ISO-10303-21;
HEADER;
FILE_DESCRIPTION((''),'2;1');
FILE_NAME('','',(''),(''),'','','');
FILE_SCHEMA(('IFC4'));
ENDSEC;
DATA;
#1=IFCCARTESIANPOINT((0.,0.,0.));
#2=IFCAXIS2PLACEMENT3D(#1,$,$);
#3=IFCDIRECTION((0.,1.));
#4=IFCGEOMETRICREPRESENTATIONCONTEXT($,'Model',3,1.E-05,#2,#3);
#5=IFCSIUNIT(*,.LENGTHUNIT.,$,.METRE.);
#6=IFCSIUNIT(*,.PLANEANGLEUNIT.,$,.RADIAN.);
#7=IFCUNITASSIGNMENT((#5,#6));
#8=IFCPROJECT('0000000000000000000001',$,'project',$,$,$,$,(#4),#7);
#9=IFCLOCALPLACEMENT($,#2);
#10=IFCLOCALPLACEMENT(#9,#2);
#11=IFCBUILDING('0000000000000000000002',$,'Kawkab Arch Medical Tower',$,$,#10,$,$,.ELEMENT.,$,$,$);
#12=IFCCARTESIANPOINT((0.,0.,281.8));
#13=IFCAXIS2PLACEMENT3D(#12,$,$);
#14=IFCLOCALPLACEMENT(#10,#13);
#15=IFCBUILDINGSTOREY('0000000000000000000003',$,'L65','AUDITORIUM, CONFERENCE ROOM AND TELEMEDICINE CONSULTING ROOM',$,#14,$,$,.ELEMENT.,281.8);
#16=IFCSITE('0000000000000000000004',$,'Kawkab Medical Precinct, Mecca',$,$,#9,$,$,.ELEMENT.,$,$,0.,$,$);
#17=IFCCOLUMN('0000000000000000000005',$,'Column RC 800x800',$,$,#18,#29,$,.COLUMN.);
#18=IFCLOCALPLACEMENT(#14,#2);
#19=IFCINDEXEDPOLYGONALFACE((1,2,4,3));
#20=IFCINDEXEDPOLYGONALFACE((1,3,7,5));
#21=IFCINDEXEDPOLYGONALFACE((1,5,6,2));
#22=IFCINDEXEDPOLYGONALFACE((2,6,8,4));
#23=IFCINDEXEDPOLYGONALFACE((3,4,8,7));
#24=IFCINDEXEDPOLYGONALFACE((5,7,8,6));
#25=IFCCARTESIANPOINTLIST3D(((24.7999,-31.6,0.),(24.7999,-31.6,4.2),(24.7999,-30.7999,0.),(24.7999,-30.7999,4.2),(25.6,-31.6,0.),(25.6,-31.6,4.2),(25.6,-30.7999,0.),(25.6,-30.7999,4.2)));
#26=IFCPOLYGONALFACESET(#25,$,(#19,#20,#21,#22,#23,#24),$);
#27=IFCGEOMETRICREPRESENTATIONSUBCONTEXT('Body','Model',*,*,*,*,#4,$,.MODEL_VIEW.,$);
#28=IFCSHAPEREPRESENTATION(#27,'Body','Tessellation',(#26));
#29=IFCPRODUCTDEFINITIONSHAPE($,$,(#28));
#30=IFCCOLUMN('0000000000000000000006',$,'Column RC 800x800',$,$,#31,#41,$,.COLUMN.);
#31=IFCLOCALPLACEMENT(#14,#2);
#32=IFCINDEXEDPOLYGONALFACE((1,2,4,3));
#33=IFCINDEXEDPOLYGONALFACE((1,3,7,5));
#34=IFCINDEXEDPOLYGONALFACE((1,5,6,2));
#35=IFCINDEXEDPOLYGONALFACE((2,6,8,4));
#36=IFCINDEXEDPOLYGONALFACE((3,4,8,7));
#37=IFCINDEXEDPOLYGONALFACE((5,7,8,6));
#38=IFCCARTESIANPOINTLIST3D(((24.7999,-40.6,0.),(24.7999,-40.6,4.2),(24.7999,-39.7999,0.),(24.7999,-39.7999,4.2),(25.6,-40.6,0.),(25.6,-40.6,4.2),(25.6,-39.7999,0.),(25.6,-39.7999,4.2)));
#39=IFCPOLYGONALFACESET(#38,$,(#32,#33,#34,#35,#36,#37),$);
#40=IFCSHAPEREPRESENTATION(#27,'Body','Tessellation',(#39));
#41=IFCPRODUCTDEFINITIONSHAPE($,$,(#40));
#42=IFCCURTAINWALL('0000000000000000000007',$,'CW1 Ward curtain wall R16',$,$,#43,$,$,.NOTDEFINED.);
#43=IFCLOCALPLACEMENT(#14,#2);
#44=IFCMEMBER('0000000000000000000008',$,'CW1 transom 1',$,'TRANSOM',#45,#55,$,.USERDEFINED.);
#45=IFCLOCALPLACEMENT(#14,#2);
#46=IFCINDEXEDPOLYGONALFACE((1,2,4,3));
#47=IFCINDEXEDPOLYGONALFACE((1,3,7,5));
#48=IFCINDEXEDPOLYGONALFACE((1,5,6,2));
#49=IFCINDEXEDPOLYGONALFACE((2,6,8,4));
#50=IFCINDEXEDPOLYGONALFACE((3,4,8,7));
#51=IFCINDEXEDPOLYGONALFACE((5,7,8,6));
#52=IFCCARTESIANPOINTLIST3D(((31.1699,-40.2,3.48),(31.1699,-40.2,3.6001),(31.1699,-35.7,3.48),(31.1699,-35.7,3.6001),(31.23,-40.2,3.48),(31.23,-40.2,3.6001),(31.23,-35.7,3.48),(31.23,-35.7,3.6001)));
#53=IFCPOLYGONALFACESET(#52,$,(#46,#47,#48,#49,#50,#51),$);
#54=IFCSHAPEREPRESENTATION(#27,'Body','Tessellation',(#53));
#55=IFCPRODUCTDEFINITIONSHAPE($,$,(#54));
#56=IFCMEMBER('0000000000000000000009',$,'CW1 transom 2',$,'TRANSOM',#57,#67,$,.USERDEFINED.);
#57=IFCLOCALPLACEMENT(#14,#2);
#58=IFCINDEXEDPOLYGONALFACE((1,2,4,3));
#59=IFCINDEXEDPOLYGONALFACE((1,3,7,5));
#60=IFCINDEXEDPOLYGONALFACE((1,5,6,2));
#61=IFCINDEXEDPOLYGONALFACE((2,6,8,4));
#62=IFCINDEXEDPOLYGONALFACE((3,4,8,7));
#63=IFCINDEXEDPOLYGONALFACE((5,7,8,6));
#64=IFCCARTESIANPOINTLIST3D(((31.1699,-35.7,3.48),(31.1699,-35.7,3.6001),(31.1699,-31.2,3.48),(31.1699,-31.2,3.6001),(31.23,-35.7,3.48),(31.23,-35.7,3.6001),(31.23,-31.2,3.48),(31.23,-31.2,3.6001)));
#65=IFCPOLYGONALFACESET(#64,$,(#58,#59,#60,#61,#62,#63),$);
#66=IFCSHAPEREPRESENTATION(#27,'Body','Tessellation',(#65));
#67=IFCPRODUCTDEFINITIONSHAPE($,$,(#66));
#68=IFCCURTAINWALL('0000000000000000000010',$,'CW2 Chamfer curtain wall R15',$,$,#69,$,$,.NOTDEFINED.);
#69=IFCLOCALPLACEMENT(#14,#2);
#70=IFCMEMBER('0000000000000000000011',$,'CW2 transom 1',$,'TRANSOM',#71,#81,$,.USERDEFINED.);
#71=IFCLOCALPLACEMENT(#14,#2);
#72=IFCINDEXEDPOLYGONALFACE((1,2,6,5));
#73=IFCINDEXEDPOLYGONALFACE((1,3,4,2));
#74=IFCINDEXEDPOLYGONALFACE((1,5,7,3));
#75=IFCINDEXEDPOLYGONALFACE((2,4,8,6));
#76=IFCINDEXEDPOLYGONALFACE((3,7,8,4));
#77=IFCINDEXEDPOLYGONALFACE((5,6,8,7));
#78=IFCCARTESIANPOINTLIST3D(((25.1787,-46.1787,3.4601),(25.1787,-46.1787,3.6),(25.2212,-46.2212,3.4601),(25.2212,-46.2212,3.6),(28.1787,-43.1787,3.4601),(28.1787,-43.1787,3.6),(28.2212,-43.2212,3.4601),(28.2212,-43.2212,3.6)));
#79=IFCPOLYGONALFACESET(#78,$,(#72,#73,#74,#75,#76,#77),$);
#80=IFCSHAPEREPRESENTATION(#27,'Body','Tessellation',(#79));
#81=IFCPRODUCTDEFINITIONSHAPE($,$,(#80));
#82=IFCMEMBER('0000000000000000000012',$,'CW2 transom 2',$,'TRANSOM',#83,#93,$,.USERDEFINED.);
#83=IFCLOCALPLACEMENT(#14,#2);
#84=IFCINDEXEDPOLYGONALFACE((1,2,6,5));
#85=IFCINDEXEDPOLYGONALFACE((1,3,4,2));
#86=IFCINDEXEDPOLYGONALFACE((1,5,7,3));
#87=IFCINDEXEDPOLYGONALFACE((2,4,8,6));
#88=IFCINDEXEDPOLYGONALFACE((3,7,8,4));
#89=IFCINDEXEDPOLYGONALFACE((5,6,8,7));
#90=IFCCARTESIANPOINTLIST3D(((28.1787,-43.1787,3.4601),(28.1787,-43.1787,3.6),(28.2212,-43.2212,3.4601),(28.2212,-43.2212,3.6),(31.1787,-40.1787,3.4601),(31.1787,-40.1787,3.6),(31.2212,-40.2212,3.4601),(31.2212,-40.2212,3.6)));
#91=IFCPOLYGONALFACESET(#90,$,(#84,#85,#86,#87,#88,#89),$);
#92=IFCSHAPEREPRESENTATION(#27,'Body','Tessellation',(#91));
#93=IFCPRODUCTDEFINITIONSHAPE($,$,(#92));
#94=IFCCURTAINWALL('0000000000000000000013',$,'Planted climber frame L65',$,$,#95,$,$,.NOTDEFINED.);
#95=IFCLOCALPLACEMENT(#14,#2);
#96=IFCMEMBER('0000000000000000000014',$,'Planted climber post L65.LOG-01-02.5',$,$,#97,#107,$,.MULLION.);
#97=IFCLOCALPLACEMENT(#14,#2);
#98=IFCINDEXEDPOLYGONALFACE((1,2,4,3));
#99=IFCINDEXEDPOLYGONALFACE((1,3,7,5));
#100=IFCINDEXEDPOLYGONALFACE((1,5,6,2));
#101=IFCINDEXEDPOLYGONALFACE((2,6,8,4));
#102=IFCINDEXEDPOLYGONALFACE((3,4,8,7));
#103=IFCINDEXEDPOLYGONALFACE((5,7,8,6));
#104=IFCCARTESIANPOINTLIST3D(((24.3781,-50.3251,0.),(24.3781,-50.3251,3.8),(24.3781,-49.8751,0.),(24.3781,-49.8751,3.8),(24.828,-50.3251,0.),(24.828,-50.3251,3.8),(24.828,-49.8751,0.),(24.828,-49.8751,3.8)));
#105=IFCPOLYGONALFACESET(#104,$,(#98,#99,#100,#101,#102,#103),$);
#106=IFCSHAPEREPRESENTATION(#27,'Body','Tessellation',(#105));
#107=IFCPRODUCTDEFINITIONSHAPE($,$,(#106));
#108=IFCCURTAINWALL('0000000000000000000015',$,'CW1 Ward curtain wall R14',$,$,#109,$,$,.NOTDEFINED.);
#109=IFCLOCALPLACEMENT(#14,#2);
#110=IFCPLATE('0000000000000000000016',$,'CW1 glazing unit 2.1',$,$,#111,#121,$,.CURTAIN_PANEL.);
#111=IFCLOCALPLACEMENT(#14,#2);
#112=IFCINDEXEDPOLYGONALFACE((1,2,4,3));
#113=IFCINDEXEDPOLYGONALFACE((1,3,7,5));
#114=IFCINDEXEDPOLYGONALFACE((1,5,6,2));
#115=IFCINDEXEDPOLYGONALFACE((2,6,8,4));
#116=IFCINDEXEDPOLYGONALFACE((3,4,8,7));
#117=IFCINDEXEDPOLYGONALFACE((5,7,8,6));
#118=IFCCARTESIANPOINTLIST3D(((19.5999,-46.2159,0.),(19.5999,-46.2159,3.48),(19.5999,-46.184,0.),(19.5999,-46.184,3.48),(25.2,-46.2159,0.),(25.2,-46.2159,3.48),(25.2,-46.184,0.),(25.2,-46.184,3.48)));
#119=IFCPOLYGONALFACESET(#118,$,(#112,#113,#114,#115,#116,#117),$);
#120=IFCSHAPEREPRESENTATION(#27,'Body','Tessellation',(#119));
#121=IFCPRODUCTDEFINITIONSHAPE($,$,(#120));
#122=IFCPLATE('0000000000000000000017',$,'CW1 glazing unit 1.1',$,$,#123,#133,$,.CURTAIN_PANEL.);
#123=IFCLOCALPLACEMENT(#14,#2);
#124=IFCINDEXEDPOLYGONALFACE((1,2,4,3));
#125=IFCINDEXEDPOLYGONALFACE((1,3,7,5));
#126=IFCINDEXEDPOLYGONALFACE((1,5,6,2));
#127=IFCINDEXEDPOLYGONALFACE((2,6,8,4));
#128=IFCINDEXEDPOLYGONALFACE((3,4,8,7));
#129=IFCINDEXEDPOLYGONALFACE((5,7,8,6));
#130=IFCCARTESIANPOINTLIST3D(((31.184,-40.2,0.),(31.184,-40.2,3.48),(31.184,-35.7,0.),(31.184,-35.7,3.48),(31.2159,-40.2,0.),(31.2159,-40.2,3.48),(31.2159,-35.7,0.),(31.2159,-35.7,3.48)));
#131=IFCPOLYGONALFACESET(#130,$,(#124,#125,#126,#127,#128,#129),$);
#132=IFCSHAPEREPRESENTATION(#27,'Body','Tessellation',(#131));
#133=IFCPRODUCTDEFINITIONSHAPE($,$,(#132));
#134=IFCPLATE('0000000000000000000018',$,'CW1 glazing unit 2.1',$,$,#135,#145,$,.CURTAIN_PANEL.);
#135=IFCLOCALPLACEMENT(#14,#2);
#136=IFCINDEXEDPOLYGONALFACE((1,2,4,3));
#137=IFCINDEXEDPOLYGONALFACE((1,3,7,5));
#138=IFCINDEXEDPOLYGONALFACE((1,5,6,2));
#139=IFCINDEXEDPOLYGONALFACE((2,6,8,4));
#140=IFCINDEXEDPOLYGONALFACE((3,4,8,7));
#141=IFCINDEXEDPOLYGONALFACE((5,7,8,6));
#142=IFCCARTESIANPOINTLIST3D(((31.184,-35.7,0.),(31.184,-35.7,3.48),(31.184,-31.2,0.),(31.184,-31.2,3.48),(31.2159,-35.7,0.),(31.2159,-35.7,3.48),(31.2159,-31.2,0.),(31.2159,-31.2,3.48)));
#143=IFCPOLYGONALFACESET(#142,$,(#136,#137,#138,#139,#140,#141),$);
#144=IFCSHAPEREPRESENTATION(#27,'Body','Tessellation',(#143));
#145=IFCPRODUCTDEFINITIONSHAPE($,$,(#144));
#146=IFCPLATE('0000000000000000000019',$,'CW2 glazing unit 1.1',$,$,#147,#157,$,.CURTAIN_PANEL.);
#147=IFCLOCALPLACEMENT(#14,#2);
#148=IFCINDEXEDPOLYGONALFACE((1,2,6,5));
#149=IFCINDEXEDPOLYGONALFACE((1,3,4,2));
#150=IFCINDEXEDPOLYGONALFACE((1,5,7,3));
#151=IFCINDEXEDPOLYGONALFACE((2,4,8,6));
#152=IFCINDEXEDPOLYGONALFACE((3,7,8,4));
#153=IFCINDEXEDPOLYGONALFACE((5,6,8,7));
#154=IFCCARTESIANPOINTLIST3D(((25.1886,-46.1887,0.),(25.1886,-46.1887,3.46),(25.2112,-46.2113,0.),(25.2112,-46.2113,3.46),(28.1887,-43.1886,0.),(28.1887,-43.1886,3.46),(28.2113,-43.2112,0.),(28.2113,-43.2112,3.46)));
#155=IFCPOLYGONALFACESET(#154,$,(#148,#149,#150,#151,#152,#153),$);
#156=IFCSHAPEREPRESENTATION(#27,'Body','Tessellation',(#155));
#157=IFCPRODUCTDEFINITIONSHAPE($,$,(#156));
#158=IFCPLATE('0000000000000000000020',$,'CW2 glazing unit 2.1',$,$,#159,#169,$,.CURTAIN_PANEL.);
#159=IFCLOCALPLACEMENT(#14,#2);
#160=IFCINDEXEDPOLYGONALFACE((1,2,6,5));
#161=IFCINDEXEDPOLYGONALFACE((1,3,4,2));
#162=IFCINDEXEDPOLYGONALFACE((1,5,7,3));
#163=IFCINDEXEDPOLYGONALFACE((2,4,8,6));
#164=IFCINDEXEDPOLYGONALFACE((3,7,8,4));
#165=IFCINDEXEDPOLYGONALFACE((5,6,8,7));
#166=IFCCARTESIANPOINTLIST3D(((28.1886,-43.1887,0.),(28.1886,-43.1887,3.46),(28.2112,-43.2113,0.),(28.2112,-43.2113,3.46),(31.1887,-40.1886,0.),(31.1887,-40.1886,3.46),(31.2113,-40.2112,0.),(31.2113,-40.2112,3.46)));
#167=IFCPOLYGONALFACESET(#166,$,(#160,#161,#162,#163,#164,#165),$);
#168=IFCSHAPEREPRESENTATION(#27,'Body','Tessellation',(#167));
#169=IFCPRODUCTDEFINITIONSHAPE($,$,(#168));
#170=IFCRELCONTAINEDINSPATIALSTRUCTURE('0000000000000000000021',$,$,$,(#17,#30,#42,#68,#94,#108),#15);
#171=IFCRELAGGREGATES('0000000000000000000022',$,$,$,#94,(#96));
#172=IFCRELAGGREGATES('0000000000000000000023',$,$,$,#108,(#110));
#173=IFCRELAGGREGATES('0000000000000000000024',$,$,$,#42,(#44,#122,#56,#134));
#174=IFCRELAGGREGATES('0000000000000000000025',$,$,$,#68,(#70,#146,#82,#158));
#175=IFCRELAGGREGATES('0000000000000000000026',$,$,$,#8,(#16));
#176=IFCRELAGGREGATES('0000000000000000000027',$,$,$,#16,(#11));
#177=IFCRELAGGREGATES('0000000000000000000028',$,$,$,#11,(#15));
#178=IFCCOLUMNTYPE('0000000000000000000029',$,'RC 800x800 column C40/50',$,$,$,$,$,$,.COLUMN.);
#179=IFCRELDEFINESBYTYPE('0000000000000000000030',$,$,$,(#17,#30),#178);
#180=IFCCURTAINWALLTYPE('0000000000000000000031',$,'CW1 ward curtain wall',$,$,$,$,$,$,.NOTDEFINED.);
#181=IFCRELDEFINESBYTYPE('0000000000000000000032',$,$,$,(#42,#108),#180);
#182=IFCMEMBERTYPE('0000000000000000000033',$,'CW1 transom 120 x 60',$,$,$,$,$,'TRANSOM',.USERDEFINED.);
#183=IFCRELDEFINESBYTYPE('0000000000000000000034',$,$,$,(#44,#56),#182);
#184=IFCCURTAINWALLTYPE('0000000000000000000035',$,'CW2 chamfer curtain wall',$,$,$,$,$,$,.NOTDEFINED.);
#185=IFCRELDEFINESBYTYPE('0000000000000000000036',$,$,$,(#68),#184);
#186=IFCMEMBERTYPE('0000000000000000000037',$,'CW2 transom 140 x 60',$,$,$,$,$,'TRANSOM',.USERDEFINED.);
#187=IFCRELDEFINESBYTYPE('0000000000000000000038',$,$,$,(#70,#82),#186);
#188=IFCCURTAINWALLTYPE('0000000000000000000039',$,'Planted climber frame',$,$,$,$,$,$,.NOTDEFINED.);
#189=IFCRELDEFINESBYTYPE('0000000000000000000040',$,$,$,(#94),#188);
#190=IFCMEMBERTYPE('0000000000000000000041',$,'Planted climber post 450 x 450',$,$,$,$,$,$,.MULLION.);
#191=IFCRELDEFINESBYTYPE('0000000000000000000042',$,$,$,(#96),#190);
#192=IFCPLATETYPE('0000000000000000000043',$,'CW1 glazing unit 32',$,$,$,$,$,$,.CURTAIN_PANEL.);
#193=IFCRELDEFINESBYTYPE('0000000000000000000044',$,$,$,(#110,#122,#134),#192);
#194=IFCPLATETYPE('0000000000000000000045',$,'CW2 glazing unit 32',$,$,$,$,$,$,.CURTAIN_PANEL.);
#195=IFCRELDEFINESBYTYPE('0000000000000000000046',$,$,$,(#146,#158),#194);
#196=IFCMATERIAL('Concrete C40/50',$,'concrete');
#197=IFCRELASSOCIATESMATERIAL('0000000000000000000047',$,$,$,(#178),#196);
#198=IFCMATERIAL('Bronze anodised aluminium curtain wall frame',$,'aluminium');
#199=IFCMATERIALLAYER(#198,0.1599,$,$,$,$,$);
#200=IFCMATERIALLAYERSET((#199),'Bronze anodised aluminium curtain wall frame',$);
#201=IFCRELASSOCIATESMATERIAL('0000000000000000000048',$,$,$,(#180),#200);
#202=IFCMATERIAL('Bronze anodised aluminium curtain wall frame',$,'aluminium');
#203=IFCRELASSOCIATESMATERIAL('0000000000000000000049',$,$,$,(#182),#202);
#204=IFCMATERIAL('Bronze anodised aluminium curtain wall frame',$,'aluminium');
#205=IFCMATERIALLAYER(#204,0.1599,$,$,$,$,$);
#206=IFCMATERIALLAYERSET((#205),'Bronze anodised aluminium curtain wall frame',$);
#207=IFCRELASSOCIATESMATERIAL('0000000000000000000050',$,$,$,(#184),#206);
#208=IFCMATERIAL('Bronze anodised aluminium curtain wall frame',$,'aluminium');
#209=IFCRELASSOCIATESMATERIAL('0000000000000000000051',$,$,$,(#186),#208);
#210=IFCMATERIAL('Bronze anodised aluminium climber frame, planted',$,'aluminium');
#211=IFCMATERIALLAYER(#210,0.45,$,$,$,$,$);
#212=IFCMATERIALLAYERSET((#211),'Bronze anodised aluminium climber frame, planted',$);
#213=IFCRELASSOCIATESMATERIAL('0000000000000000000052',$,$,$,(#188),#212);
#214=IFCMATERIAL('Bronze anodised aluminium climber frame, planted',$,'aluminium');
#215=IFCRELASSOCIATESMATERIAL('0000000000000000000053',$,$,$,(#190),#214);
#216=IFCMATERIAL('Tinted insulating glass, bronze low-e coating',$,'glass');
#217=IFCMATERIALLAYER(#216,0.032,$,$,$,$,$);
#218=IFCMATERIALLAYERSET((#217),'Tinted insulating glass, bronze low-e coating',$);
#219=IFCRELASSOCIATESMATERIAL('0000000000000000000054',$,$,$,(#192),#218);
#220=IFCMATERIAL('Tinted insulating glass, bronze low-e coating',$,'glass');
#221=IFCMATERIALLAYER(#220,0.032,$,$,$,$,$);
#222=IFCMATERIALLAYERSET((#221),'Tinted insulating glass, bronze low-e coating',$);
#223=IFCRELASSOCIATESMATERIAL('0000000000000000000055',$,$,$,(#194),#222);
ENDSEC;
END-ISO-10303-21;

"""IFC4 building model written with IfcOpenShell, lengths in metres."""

from ifc_helpers import new_model, si_unit, direction, frame, origin, origin_2d, place, context, subcontext, project, spatial, rectangle, extrude, material, layer, layer_set, material_profile, profile_set, type_object, element, aggregate, save


model = new_model("IFC4")

# Units and contexts
model_context = context("Model", 3, precision=1e-05, world=origin(), true_north=direction((0.0, 1.0)))
body_context = subcontext(model_context, "Body", "Model", "MODEL_VIEW")
ifc_project = project(units=[si_unit("LENGTHUNIT", "METRE"), si_unit("PLANEANGLEUNIT", "RADIAN")], contexts=[model_context])

# Site, building, storey
site_placement = place(None, origin())
site = spatial("IfcSite", under=ifc_project, at=site_placement, Name="Kawkab Medical Precinct, Mecca", CompositionType="ELEMENT", RefElevation=0.0)
building_placement = place(site_placement, origin())
building = spatial("IfcBuilding", under=site, at=building_placement, Name="Kawkab Arch Medical Tower", CompositionType="ELEMENT")
storey_placement = place(building_placement, frame((0.0, 0.0, 281.8)))
storey = spatial("IfcBuildingStorey", under=building, at=storey_placement, Name="L65", Description="AUDITORIUM, CONFERENCE ROOM AND TELEMEDICINE CONSULTING ROOM", CompositionType="ELEMENT", Elevation=281.8)

# Columns
ifc_material_1 = material(Name="Concrete C40/50", Category="concrete")
ifc_material_profile_1 = material_profile(ifc_material_1, rectangle(XDim=0.8, YDim=0.8, at=origin_2d()), Name="RC 800x800")
ifc_profile_set_1 = profile_set([ifc_material_profile_1], Name="Concrete C40/50")
column_type = type_object("IfcColumnType", Name="RC 800x800 column C40/50", PredefinedType="COLUMN", material=ifc_profile_set_1)
for number, where, z_axis, x_axis, name in (
    (1, (25.2, -31.2, 0.0), (0.0, 0.0, 1.0), (1.0, 0.0, 0.0), "Column RC 800x800"),
    (2, (25.2, -40.2, 0.0), (0.0, 0.0, 1.0), (1.0, 0.0, 0.0), "Column RC 800x800"),
):
    element("IfcColumn", number, at=place(storey_placement, frame(where, z_axis=z_axis, x_axis=x_axis)), inside=storey, type_object=column_type, Name=name, PredefinedType="COLUMN", context=body_context, shape_type="SweptSolid", body=[
        extrude(rectangle(XDim=0.8, YDim=0.8, at=origin_2d()), origin(), (0.0, 0.0, 1.0), 4.2),
    ])

# Curtain walls, members
ifc_material_2 = material(Name="Bronze anodised aluminium curtain wall frame", Category="aluminium")
ifc_layer_1 = layer(ifc_material_2, 0.1599)
ifc_layer_set_1 = layer_set([ifc_layer_1], Name="Bronze anodised aluminium curtain wall frame")
curtain_wall_type_1 = type_object("IfcCurtainWallType", Name="CW1 ward curtain wall", PredefinedType="NOTDEFINED", material=ifc_layer_set_1)
placement = place(storey_placement, origin())
curtain_wall_1 = element("IfcCurtainWall", 3, at=placement, inside=storey, type_object=curtain_wall_type_1, Name="CW1 Ward curtain wall R16", PredefinedType="NOTDEFINED")
ifc_material_3 = material(Name="Bronze anodised aluminium curtain wall frame", Category="aluminium")
ifc_material_profile_2 = material_profile(ifc_material_3, rectangle(XDim=0.0601, YDim=0.1201, at=origin_2d()), Name="AL 60x120")
ifc_profile_set_2 = profile_set([ifc_material_profile_2], Name="Bronze anodised aluminium curtain wall frame")
member_type_1 = type_object("IfcMemberType", Name="CW1 transom 120 x 60", ElementType="TRANSOM", PredefinedType="USERDEFINED", material=ifc_profile_set_2)
member_1_placement = place(storey_placement, frame((31.2, -40.2, 3.54), z_axis=(0.0, 1.0, 0.0), x_axis=(-1.0, 0.0, 0.0)))
member_1 = element("IfcMember", 4, at=member_1_placement, type_object=member_type_1, Name="CW1 transom 1", ObjectType="TRANSOM", PredefinedType="USERDEFINED", context=body_context, shape_type="SweptSolid", body=[
    extrude(rectangle(XDim=0.0601, YDim=0.1201, at=origin_2d()), origin(), (0.0, 0.0, 1.0), 4.5),
])
member_2_placement = place(storey_placement, frame((31.2, -35.7, 3.54), z_axis=(0.0, 1.0, 0.0), x_axis=(-1.0, 0.0, 0.0)))
member_2 = element("IfcMember", 5, at=member_2_placement, type_object=member_type_1, Name="CW1 transom 2", ObjectType="TRANSOM", PredefinedType="USERDEFINED", context=body_context, shape_type="SweptSolid", body=[
    extrude(rectangle(XDim=0.0601, YDim=0.1201, at=origin_2d()), origin(), (0.0, 0.0, 1.0), 4.5),
])
ifc_material_4 = material(Name="Bronze anodised aluminium curtain wall frame", Category="aluminium")
ifc_layer_2 = layer(ifc_material_4, 0.1599)
ifc_layer_set_2 = layer_set([ifc_layer_2], Name="Bronze anodised aluminium curtain wall frame")
curtain_wall_type_2 = type_object("IfcCurtainWallType", Name="CW2 chamfer curtain wall", PredefinedType="NOTDEFINED", material=ifc_layer_set_2)
curtain_wall_2 = element("IfcCurtainWall", 6, at=placement, inside=storey, type_object=curtain_wall_type_2, Name="CW2 Chamfer curtain wall R15", PredefinedType="NOTDEFINED")
ifc_material_5 = material(Name="Bronze anodised aluminium curtain wall frame", Category="aluminium")
ifc_material_profile_3 = material_profile(ifc_material_5, rectangle(XDim=0.0601, YDim=0.1399, at=origin_2d()), Name="AL 60x140")
ifc_profile_set_3 = profile_set([ifc_material_profile_3], Name="Bronze anodised aluminium curtain wall frame")
member_type_2 = type_object("IfcMemberType", Name="CW2 transom 140 x 60", ElementType="TRANSOM", PredefinedType="USERDEFINED", material=ifc_profile_set_3)
member_3_placement = place(storey_placement, frame((25.2, -46.2, 3.53), z_axis=(0.707107, 0.707107, 0.0), x_axis=(-0.707107, 0.707107, 0.0)))
member_3 = element("IfcMember", 7, at=member_3_placement, type_object=member_type_2, Name="CW2 transom 1", ObjectType="TRANSOM", PredefinedType="USERDEFINED", context=body_context, shape_type="SweptSolid", body=[
    extrude(rectangle(XDim=0.0601, YDim=0.1399, at=origin_2d()), origin(), (0.0, 0.0, 1.0), 4.2427),
])
member_4_placement = place(storey_placement, frame((28.2, -43.2, 3.53), z_axis=(0.707107, 0.707107, 0.0), x_axis=(-0.707107, 0.707107, 0.0)))
member_4 = element("IfcMember", 8, at=member_4_placement, type_object=member_type_2, Name="CW2 transom 2", ObjectType="TRANSOM", PredefinedType="USERDEFINED", context=body_context, shape_type="SweptSolid", body=[
    extrude(rectangle(XDim=0.0601, YDim=0.1399, at=origin_2d()), origin(), (0.0, 0.0, 1.0), 4.2427),
])

# Curtain wall, member
ifc_material_6 = material(Name="Bronze anodised aluminium climber frame, planted", Category="aluminium")
ifc_layer_3 = layer(ifc_material_6, 0.45)
ifc_layer_set_3 = layer_set([ifc_layer_3], Name="Bronze anodised aluminium climber frame, planted")
curtain_wall_type_3 = type_object("IfcCurtainWallType", Name="Planted climber frame", PredefinedType="NOTDEFINED", material=ifc_layer_set_3)
curtain_wall_3 = element("IfcCurtainWall", 9, at=placement, inside=storey, type_object=curtain_wall_type_3, Name="Planted climber frame L65", PredefinedType="NOTDEFINED")
ifc_material_7 = material(Name="Bronze anodised aluminium climber frame, planted", Category="aluminium")
ifc_material_profile_4 = material_profile(ifc_material_7, rectangle(XDim=0.45, YDim=0.45, at=origin_2d()), Name="Post 450x450")
ifc_profile_set_4 = profile_set([ifc_material_profile_4], Name="Bronze anodised aluminium climber frame, planted")
member_type_3 = type_object("IfcMemberType", Name="Planted climber post 450 x 450", PredefinedType="MULLION", material=ifc_profile_set_4)
member_5_placement = place(storey_placement, frame((24.603, -50.1001, 0.0), z_axis=(0.0, 0.0, 1.0), x_axis=(1.0, 0.0, 0.0)))
member_5 = element("IfcMember", 10, at=member_5_placement, type_object=member_type_3, Name="Planted climber post L65.LOG-01-02.5", PredefinedType="MULLION", context=body_context, shape_type="SweptSolid", body=[
    extrude(rectangle(XDim=0.45, YDim=0.45, at=origin_2d()), origin(), (0.0, 0.0, 1.0), 3.8),
])
aggregate(curtain_wall_3, [member_5])

# Curtain wall, plate
curtain_wall_4 = element("IfcCurtainWall", 11, at=placement, inside=storey, type_object=curtain_wall_type_1, Name="CW1 Ward curtain wall R14", PredefinedType="NOTDEFINED")
ifc_material_8 = material(Name="Tinted insulating glass, bronze low-e coating", Category="glass")
ifc_layer_4 = layer(ifc_material_8, 0.032)
ifc_layer_set_4 = layer_set([ifc_layer_4], Name="Tinted insulating glass, bronze low-e coating")
plate_type_1 = type_object("IfcPlateType", Name="CW1 glazing unit 32", PredefinedType="CURTAIN_PANEL", material=ifc_layer_set_4)
plate_1_placement = place(storey_placement, frame((22.3999, -46.2, 0.0), z_axis=(0.0, 0.0, 1.0), x_axis=(1.0, 0.0, 0.0)))
plate_1 = element("IfcPlate", 12, at=plate_1_placement, type_object=plate_type_1, Name="CW1 glazing unit 2.1", PredefinedType="CURTAIN_PANEL", context=body_context, shape_type="SweptSolid", body=[
    extrude(rectangle(XDim=5.6001, YDim=0.032, at=origin_2d()), origin(), (0.0, 0.0, 1.0), 3.48),
])
aggregate(curtain_wall_4, [plate_1])

# Plates
plate_2_placement = place(storey_placement, frame((31.2, -37.95, 0.0), z_axis=(0.0, 0.0, 1.0), x_axis=(0.0, 1.0, 0.0)))
plate_2 = element("IfcPlate", 13, at=plate_2_placement, type_object=plate_type_1, Name="CW1 glazing unit 1.1", PredefinedType="CURTAIN_PANEL", context=body_context, shape_type="SweptSolid", body=[
    extrude(rectangle(XDim=4.5, YDim=0.032, at=origin_2d()), origin(), (0.0, 0.0, 1.0), 3.48),
])
plate_3_placement = place(storey_placement, frame((31.2, -33.45, 0.0), z_axis=(0.0, 0.0, 1.0), x_axis=(0.0, 1.0, 0.0)))
plate_3 = element("IfcPlate", 14, at=plate_3_placement, type_object=plate_type_1, Name="CW1 glazing unit 2.1", PredefinedType="CURTAIN_PANEL", context=body_context, shape_type="SweptSolid", body=[
    extrude(rectangle(XDim=4.5, YDim=0.032, at=origin_2d()), origin(), (0.0, 0.0, 1.0), 3.48),
])
aggregate(curtain_wall_1, [member_1, plate_2, member_2, plate_3])
ifc_material_9 = material(Name="Tinted insulating glass, bronze low-e coating", Category="glass")
ifc_layer_5 = layer(ifc_material_9, 0.032)
ifc_layer_set_5 = layer_set([ifc_layer_5], Name="Tinted insulating glass, bronze low-e coating")
plate_type_2 = type_object("IfcPlateType", Name="CW2 glazing unit 32", PredefinedType="CURTAIN_PANEL", material=ifc_layer_set_5)
plate_4_placement = place(storey_placement, frame((26.7, -44.7, 0.0), z_axis=(0.0, 0.0, 1.0), x_axis=(0.707107, 0.707107, 0.0)))
plate_4 = element("IfcPlate", 15, at=plate_4_placement, type_object=plate_type_2, Name="CW2 glazing unit 1.1", PredefinedType="CURTAIN_PANEL", context=body_context, shape_type="SweptSolid", body=[
    extrude(rectangle(XDim=4.2427, YDim=0.032, at=origin_2d()), origin(), (0.0, 0.0, 1.0), 3.46),
])
plate_5_placement = place(storey_placement, frame((29.7, -41.7, 0.0), z_axis=(0.0, 0.0, 1.0), x_axis=(0.707107, 0.707107, 0.0)))
plate_5 = element("IfcPlate", 16, at=plate_5_placement, type_object=plate_type_2, Name="CW2 glazing unit 2.1", PredefinedType="CURTAIN_PANEL", context=body_context, shape_type="SweptSolid", body=[
    extrude(rectangle(XDim=4.2427, YDim=0.032, at=origin_2d()), origin(), (0.0, 0.0, 1.0), 3.46),
])
aggregate(curtain_wall_2, [member_3, plate_4, member_4, plate_5])

save(model, "model.ifc")
